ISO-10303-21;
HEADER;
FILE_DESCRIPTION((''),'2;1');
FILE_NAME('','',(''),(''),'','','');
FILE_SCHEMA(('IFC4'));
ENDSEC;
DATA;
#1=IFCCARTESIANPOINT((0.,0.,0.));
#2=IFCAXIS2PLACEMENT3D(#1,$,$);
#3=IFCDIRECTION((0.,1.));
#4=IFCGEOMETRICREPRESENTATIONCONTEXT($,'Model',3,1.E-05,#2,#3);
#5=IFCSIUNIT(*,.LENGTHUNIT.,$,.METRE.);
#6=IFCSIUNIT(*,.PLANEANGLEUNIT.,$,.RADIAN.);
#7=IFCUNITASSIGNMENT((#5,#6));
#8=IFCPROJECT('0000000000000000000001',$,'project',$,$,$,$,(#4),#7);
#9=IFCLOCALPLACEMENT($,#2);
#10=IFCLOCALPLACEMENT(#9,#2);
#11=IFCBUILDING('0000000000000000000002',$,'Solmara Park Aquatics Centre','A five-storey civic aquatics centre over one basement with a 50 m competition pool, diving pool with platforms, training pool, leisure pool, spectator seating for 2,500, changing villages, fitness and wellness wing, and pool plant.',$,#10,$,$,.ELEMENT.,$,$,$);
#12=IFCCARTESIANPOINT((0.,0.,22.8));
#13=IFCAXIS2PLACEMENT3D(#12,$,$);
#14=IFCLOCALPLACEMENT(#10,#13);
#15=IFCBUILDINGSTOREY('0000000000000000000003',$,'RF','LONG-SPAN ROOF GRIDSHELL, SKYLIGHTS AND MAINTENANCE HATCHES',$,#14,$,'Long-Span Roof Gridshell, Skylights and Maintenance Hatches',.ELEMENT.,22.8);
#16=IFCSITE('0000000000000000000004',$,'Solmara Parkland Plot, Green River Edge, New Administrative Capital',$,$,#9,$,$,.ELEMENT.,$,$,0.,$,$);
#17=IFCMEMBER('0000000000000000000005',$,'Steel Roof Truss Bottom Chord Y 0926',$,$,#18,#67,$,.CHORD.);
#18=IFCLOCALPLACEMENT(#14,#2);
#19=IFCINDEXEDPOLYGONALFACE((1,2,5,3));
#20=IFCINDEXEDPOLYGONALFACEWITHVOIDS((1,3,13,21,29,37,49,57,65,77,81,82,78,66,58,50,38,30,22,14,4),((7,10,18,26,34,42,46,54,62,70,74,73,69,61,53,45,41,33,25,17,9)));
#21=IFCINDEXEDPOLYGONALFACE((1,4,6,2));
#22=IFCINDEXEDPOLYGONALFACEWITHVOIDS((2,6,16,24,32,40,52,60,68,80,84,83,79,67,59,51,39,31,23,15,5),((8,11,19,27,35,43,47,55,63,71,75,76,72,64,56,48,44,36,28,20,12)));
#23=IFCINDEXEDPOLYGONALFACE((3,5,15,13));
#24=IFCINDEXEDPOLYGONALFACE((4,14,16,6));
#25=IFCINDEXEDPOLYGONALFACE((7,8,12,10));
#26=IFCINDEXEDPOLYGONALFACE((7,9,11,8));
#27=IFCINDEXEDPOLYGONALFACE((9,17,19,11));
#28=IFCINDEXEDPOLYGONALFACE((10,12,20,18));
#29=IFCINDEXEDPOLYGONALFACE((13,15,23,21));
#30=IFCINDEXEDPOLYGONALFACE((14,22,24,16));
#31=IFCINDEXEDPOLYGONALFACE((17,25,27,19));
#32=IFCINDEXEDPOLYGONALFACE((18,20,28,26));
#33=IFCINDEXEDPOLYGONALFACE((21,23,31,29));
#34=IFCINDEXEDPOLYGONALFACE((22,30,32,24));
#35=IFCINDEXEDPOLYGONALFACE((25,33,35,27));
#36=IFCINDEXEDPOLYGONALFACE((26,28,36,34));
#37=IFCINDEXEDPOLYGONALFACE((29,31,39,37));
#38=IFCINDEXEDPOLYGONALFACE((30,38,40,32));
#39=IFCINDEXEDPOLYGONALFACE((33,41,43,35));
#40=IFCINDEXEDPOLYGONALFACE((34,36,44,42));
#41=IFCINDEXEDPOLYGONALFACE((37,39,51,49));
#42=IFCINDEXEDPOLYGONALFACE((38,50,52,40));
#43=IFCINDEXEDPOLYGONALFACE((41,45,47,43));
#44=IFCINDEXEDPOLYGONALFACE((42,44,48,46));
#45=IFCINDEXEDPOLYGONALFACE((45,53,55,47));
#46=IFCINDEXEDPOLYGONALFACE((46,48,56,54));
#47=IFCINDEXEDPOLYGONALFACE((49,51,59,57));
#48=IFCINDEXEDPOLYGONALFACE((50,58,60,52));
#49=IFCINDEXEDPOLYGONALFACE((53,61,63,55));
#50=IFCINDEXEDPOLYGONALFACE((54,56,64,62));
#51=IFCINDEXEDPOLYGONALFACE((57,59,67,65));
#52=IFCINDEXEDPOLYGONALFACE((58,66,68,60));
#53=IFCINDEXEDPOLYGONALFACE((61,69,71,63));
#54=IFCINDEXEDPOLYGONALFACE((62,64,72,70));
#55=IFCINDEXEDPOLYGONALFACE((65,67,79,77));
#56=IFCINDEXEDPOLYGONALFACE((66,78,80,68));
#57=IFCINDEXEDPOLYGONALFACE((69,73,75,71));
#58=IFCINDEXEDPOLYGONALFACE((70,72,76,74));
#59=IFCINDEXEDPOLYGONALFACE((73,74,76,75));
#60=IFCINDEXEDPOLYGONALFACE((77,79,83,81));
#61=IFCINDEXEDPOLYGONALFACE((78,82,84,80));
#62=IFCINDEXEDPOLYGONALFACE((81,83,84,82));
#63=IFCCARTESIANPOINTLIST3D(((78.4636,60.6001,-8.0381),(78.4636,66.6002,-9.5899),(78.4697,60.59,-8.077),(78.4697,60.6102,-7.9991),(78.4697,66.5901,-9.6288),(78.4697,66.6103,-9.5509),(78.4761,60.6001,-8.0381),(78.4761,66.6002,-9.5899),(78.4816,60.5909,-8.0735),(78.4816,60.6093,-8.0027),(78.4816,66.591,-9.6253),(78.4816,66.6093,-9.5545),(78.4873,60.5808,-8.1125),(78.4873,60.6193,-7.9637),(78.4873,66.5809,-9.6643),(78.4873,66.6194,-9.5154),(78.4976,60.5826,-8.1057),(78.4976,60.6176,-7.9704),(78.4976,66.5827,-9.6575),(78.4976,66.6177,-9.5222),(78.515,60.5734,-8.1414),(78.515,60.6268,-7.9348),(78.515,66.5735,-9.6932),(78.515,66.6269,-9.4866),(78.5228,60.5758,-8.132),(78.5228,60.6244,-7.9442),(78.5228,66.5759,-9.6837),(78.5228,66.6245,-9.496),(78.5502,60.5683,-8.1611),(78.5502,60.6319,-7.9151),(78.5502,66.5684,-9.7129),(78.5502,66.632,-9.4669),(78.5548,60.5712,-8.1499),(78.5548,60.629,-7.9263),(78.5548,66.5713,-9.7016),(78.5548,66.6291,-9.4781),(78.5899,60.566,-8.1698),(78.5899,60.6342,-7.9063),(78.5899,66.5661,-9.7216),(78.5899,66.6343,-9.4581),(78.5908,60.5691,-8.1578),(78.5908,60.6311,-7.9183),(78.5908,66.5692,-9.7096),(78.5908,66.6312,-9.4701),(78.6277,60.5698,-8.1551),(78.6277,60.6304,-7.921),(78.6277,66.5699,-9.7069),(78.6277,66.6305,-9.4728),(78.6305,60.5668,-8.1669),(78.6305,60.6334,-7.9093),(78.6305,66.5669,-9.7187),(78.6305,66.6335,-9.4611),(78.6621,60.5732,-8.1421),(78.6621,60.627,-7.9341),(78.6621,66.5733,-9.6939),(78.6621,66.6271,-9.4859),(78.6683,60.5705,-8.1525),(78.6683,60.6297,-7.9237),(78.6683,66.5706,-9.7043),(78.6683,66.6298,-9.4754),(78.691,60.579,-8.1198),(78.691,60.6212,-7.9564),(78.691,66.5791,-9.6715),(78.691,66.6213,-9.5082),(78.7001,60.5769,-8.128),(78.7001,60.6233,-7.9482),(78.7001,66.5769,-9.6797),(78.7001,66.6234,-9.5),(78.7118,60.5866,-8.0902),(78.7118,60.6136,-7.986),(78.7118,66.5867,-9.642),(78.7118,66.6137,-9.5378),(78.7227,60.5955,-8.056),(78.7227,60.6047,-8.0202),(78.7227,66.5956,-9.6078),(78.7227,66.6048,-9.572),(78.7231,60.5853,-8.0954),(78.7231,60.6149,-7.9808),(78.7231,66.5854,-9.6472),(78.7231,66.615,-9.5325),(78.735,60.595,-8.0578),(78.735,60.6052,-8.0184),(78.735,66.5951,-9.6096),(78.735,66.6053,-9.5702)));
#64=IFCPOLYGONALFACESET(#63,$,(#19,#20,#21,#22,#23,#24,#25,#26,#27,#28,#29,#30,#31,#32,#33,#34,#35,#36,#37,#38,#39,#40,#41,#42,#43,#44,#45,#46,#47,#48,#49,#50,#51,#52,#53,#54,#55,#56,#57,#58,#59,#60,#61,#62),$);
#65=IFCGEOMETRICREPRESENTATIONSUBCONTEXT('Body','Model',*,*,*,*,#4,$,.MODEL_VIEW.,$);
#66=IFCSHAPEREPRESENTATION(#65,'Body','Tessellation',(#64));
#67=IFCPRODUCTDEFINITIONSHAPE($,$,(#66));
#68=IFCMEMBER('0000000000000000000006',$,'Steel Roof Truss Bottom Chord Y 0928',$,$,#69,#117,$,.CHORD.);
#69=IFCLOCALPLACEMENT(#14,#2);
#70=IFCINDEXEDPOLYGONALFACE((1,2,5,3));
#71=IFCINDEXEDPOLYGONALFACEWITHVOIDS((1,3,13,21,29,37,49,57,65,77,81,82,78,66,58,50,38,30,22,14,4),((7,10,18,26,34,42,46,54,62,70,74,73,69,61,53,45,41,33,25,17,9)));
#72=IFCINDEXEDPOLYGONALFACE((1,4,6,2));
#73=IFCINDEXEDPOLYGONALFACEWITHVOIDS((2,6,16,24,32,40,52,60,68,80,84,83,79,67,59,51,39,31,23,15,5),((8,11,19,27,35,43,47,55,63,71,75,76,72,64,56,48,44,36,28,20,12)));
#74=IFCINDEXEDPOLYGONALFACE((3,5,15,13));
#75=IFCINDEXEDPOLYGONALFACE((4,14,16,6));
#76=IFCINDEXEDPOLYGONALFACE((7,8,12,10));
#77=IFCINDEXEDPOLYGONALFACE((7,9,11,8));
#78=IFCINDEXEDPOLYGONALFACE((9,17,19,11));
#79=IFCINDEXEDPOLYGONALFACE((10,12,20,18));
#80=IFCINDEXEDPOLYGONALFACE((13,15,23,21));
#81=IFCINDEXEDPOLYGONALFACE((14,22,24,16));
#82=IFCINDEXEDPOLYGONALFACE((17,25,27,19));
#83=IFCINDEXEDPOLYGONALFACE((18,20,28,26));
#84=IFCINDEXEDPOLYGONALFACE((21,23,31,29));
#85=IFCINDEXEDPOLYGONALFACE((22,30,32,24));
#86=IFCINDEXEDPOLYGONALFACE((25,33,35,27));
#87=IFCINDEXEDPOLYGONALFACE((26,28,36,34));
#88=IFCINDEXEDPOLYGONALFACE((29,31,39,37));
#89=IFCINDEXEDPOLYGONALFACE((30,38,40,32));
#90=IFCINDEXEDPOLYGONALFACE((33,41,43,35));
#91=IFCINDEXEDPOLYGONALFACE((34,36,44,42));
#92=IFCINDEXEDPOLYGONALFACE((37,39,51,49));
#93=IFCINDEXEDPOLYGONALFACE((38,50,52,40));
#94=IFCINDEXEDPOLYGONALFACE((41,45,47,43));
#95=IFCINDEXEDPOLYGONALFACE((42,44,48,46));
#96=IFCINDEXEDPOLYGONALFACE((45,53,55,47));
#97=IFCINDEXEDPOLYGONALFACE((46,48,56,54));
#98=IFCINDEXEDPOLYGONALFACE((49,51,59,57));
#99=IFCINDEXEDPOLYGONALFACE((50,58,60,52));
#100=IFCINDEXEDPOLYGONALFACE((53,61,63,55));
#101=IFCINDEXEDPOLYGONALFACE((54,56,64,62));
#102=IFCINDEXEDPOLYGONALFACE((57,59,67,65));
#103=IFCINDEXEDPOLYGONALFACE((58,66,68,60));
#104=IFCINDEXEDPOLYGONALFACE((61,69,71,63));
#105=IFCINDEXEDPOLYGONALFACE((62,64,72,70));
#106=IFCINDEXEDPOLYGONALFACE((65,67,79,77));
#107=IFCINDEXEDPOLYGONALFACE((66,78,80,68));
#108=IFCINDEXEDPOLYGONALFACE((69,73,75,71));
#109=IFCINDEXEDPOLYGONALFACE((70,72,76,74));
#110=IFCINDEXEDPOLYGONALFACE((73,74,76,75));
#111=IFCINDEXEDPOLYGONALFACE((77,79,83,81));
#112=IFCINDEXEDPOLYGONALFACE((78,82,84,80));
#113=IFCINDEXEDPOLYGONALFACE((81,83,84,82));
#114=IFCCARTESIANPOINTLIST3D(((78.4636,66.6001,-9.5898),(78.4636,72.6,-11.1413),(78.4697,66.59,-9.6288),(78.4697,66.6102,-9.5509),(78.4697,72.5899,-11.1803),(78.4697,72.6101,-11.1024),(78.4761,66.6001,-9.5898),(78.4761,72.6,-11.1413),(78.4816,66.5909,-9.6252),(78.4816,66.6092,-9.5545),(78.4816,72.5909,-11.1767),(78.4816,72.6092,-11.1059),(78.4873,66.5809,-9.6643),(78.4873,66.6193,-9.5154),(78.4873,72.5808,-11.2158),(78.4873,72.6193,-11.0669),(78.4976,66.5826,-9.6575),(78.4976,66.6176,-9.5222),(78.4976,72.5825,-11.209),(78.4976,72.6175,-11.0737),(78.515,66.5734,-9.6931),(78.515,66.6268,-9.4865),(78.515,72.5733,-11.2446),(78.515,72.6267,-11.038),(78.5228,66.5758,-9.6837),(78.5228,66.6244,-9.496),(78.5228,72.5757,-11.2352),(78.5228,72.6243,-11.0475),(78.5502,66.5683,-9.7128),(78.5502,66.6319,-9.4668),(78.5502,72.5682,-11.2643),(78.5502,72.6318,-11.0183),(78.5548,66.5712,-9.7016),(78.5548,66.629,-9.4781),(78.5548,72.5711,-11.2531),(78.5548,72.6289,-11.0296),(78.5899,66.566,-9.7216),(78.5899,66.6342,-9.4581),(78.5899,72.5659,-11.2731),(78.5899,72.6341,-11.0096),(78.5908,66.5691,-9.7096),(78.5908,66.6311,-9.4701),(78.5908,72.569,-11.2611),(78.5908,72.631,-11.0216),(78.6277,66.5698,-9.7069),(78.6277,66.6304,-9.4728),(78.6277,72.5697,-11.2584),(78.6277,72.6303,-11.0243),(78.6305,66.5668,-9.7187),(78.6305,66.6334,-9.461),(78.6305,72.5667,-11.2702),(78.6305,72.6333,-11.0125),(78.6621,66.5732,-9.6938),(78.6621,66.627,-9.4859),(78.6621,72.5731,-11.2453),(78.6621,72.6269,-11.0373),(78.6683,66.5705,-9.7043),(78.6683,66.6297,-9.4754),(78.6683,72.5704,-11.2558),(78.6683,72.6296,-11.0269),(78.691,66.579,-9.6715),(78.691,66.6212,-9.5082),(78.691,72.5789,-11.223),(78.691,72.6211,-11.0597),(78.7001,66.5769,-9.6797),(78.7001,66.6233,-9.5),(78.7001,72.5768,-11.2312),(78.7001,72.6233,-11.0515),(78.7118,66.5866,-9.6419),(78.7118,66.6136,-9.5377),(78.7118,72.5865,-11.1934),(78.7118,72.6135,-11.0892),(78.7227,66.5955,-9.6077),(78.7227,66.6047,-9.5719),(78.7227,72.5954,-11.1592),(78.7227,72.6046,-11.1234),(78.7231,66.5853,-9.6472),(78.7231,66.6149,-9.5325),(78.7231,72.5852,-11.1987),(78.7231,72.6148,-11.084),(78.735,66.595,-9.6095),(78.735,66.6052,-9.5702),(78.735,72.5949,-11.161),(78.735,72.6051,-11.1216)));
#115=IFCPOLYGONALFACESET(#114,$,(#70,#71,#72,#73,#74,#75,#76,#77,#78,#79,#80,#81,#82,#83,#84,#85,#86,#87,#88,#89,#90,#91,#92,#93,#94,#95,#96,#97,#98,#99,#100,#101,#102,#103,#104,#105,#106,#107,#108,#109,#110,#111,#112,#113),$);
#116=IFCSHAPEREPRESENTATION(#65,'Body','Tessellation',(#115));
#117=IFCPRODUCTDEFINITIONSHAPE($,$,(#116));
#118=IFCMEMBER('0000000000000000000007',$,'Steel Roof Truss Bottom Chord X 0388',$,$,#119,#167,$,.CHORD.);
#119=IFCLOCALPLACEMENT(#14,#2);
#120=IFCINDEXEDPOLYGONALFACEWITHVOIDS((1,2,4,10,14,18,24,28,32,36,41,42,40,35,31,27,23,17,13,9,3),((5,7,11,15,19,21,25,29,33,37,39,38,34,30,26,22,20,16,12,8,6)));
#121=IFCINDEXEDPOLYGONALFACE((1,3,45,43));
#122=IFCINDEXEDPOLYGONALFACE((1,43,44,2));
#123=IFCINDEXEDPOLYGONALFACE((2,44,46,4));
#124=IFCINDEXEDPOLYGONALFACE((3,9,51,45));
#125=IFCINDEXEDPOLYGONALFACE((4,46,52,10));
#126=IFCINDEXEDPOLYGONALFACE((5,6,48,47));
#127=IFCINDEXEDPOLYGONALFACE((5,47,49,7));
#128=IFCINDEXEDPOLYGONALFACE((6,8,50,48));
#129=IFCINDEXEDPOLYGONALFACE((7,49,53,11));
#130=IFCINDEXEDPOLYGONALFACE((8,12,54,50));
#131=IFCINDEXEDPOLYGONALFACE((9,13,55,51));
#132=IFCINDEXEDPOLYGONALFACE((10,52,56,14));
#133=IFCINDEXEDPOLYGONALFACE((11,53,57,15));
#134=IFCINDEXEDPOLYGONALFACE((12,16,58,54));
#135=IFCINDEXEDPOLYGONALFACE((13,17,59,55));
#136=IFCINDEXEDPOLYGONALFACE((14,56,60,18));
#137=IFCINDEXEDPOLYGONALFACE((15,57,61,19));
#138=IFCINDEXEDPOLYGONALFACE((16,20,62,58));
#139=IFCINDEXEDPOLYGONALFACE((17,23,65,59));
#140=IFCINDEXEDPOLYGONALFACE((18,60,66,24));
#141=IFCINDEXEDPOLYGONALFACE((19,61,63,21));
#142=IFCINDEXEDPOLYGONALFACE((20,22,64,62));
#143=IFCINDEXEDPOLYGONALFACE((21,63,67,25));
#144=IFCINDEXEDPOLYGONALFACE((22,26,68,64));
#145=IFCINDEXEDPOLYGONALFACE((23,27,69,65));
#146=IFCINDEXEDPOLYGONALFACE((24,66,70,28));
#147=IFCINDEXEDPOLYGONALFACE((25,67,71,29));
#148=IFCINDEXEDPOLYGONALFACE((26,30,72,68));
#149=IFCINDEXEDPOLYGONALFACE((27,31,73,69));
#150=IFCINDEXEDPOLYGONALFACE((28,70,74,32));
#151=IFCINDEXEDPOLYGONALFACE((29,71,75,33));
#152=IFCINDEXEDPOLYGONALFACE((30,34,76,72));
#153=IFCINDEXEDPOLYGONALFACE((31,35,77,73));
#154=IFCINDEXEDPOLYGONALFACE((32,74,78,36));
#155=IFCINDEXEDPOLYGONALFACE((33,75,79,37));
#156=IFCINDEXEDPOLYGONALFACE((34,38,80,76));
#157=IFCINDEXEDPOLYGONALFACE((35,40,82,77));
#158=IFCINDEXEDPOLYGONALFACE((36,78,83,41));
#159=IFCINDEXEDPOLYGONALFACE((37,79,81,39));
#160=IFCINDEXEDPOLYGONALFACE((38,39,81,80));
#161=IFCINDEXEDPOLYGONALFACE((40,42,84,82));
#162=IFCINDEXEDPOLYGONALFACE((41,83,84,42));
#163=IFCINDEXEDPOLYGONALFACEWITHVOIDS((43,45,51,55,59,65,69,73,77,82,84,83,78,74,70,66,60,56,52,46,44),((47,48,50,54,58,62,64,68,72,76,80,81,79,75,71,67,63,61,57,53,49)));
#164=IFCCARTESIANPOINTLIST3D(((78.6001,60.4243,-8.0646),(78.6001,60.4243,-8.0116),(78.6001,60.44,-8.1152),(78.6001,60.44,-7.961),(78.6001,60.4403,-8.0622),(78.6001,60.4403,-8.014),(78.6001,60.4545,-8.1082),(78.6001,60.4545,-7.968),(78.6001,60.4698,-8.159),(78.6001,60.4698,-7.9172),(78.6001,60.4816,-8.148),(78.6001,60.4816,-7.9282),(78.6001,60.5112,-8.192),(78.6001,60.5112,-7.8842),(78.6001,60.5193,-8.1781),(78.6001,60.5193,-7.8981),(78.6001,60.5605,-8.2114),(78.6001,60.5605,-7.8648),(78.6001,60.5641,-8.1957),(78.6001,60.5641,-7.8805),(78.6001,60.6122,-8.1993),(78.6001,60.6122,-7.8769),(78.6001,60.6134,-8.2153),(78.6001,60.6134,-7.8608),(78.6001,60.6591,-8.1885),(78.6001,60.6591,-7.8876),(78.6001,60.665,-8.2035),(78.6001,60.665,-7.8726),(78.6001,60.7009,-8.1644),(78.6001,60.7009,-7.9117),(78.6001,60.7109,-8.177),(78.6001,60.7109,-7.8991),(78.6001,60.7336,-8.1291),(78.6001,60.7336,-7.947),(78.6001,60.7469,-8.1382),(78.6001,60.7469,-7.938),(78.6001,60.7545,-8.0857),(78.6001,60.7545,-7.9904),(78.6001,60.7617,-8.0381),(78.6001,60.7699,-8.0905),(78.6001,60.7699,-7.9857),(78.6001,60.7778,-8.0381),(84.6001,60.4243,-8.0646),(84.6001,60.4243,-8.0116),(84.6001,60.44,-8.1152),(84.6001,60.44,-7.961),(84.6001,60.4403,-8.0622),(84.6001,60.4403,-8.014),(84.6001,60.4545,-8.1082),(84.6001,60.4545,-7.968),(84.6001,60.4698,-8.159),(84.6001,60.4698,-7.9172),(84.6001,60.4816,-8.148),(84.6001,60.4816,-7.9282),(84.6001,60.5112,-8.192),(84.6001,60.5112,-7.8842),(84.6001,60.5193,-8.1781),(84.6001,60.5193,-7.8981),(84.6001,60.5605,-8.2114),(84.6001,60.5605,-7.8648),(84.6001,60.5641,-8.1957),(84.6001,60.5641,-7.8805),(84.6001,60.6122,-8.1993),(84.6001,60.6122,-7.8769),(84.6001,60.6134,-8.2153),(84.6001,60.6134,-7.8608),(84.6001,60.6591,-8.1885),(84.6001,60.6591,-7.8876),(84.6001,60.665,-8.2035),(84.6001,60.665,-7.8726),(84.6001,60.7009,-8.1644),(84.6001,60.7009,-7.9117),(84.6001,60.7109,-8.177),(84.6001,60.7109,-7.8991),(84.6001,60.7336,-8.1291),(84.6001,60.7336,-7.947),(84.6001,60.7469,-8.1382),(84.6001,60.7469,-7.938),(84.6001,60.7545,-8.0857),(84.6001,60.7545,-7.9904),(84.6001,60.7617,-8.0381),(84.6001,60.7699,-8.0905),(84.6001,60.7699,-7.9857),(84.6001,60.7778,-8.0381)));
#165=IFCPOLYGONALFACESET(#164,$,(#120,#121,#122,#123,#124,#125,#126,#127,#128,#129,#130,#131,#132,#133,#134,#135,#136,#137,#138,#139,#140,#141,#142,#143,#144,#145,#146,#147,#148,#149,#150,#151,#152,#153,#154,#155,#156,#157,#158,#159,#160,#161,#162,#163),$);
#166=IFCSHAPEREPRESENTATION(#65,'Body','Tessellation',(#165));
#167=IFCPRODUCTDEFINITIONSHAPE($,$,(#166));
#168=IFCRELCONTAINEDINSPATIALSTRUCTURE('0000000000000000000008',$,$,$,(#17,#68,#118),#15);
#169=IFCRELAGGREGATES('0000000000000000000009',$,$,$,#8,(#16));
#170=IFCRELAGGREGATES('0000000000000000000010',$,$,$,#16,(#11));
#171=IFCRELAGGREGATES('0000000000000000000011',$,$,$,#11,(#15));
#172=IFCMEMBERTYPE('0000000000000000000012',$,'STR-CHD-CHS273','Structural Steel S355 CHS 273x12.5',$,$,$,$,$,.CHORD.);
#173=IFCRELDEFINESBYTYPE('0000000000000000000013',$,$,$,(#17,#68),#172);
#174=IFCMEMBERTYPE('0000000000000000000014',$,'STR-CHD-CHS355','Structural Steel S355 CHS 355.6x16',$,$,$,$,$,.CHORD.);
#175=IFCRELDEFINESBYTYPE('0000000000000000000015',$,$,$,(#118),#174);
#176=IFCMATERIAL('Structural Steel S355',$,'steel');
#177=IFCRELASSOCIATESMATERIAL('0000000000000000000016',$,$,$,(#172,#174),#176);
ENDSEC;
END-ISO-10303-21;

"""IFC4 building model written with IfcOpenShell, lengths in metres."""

from ifc_helpers import new_model, si_unit, direction, frame, origin, origin_2d, place, context, subcontext, project, spatial, hollow_circle, extrude, material, material_profile, profile_set, type_object, element, save


model = new_model("IFC4")

# Units and contexts
model_context = context("Model", 3, precision=1e-05, world=origin(), true_north=direction((0.0, 1.0)))
body_context = subcontext(model_context, "Body", "Model", "MODEL_VIEW")
ifc_project = project(units=[si_unit("LENGTHUNIT", "METRE"), si_unit("PLANEANGLEUNIT", "RADIAN")], contexts=[model_context])

# Site, building, storey
site_placement = place(None, origin())
site = spatial("IfcSite", under=ifc_project, at=site_placement, Name="Solmara Parkland Plot, Green River Edge, New Administrative Capital", CompositionType="ELEMENT", RefElevation=0.0)
building_placement = place(site_placement, origin())
building = spatial("IfcBuilding", under=site, at=building_placement, Name="Solmara Park Aquatics Centre", Description="A five-storey civic aquatics centre over one basement with a 50 m competition pool, diving pool with platforms, training pool, leisure pool, spectator seating for 2,500, changing villages, fitness and wellness wing, and pool plant.", CompositionType="ELEMENT")
storey_placement = place(building_placement, frame((0.0, 0.0, 22.8)))
storey = spatial("IfcBuildingStorey", under=building, at=storey_placement, Name="RF", Description="LONG-SPAN ROOF GRIDSHELL, SKYLIGHTS AND MAINTENANCE HATCHES", LongName="Long-Span Roof Gridshell, Skylights and Maintenance Hatches", CompositionType="ELEMENT", Elevation=22.8)

# Members
ifc_material_1 = material(Name="Structural Steel S355", Category="steel")
ifc_material_profile_1 = material_profile(ifc_material_1, hollow_circle(Radius=0.1365, WallThickness=0.0125, at=origin_2d()), Name="CHS 273x12.5")
ifc_profile_set_1 = profile_set([ifc_material_profile_1], Name="Structural Steel S355")
member_type_1 = type_object("IfcMemberType", Name="STR-CHD-CHS273", Description="Structural Steel S355 CHS 273x12.5", PredefinedType="CHORD", material=ifc_profile_set_1)
member_1_placement = place(storey_placement, frame((78.6001, 60.6001, -8.0381), z_axis=(0.0, 0.968146, -0.250388), x_axis=(-1.0, 0.0, 0.0)))
element("IfcMember", 1, at=member_1_placement, inside=storey, type_object=member_type_1, Name="Steel Roof Truss Bottom Chord Y 0926", PredefinedType="CHORD", context=body_context, shape_type="SweptSolid", body=[
    extrude(hollow_circle(Radius=0.1365, WallThickness=0.0125, at=origin_2d()), origin(), (0.0, 0.0, 1.0), 6.1975),
])
member_2_placement = place(storey_placement, frame((78.6001, 66.6001, -9.5898), z_axis=(0.0, 0.968155, -0.250351), x_axis=(-1.0, 0.0, 0.0)))
element("IfcMember", 2, at=member_2_placement, inside=storey, type_object=member_type_1, Name="Steel Roof Truss Bottom Chord Y 0928", PredefinedType="CHORD", context=body_context, shape_type="SweptSolid", body=[
    extrude(hollow_circle(Radius=0.1365, WallThickness=0.0125, at=origin_2d()), origin(), (0.0, 0.0, 1.0), 6.1973),
])
ifc_material_profile_2 = material_profile(ifc_material_1, hollow_circle(Radius=0.1777, WallThickness=0.0161, at=origin_2d()), Name="CHS 355.6x16")
ifc_profile_set_2 = profile_set([ifc_material_profile_2], Name="Structural Steel S355")
member_type_2 = type_object("IfcMemberType", Name="STR-CHD-CHS355", Description="Structural Steel S355 CHS 355.6x16", PredefinedType="CHORD", material=ifc_profile_set_2)
member_3_placement = place(storey_placement, frame((78.6001, 60.6001, -8.0381), z_axis=(1.0, 0.0, 0.0), x_axis=(0.0, 1.0, 0.0)))
element("IfcMember", 3, at=member_3_placement, inside=storey, type_object=member_type_2, Name="Steel Roof Truss Bottom Chord X 0388", PredefinedType="CHORD", context=body_context, shape_type="SweptSolid", body=[
    extrude(hollow_circle(Radius=0.1777, WallThickness=0.0161, at=origin_2d()), origin(), (0.0, 0.0, 1.0), 6.0),
])

save(model, "model.ifc")
